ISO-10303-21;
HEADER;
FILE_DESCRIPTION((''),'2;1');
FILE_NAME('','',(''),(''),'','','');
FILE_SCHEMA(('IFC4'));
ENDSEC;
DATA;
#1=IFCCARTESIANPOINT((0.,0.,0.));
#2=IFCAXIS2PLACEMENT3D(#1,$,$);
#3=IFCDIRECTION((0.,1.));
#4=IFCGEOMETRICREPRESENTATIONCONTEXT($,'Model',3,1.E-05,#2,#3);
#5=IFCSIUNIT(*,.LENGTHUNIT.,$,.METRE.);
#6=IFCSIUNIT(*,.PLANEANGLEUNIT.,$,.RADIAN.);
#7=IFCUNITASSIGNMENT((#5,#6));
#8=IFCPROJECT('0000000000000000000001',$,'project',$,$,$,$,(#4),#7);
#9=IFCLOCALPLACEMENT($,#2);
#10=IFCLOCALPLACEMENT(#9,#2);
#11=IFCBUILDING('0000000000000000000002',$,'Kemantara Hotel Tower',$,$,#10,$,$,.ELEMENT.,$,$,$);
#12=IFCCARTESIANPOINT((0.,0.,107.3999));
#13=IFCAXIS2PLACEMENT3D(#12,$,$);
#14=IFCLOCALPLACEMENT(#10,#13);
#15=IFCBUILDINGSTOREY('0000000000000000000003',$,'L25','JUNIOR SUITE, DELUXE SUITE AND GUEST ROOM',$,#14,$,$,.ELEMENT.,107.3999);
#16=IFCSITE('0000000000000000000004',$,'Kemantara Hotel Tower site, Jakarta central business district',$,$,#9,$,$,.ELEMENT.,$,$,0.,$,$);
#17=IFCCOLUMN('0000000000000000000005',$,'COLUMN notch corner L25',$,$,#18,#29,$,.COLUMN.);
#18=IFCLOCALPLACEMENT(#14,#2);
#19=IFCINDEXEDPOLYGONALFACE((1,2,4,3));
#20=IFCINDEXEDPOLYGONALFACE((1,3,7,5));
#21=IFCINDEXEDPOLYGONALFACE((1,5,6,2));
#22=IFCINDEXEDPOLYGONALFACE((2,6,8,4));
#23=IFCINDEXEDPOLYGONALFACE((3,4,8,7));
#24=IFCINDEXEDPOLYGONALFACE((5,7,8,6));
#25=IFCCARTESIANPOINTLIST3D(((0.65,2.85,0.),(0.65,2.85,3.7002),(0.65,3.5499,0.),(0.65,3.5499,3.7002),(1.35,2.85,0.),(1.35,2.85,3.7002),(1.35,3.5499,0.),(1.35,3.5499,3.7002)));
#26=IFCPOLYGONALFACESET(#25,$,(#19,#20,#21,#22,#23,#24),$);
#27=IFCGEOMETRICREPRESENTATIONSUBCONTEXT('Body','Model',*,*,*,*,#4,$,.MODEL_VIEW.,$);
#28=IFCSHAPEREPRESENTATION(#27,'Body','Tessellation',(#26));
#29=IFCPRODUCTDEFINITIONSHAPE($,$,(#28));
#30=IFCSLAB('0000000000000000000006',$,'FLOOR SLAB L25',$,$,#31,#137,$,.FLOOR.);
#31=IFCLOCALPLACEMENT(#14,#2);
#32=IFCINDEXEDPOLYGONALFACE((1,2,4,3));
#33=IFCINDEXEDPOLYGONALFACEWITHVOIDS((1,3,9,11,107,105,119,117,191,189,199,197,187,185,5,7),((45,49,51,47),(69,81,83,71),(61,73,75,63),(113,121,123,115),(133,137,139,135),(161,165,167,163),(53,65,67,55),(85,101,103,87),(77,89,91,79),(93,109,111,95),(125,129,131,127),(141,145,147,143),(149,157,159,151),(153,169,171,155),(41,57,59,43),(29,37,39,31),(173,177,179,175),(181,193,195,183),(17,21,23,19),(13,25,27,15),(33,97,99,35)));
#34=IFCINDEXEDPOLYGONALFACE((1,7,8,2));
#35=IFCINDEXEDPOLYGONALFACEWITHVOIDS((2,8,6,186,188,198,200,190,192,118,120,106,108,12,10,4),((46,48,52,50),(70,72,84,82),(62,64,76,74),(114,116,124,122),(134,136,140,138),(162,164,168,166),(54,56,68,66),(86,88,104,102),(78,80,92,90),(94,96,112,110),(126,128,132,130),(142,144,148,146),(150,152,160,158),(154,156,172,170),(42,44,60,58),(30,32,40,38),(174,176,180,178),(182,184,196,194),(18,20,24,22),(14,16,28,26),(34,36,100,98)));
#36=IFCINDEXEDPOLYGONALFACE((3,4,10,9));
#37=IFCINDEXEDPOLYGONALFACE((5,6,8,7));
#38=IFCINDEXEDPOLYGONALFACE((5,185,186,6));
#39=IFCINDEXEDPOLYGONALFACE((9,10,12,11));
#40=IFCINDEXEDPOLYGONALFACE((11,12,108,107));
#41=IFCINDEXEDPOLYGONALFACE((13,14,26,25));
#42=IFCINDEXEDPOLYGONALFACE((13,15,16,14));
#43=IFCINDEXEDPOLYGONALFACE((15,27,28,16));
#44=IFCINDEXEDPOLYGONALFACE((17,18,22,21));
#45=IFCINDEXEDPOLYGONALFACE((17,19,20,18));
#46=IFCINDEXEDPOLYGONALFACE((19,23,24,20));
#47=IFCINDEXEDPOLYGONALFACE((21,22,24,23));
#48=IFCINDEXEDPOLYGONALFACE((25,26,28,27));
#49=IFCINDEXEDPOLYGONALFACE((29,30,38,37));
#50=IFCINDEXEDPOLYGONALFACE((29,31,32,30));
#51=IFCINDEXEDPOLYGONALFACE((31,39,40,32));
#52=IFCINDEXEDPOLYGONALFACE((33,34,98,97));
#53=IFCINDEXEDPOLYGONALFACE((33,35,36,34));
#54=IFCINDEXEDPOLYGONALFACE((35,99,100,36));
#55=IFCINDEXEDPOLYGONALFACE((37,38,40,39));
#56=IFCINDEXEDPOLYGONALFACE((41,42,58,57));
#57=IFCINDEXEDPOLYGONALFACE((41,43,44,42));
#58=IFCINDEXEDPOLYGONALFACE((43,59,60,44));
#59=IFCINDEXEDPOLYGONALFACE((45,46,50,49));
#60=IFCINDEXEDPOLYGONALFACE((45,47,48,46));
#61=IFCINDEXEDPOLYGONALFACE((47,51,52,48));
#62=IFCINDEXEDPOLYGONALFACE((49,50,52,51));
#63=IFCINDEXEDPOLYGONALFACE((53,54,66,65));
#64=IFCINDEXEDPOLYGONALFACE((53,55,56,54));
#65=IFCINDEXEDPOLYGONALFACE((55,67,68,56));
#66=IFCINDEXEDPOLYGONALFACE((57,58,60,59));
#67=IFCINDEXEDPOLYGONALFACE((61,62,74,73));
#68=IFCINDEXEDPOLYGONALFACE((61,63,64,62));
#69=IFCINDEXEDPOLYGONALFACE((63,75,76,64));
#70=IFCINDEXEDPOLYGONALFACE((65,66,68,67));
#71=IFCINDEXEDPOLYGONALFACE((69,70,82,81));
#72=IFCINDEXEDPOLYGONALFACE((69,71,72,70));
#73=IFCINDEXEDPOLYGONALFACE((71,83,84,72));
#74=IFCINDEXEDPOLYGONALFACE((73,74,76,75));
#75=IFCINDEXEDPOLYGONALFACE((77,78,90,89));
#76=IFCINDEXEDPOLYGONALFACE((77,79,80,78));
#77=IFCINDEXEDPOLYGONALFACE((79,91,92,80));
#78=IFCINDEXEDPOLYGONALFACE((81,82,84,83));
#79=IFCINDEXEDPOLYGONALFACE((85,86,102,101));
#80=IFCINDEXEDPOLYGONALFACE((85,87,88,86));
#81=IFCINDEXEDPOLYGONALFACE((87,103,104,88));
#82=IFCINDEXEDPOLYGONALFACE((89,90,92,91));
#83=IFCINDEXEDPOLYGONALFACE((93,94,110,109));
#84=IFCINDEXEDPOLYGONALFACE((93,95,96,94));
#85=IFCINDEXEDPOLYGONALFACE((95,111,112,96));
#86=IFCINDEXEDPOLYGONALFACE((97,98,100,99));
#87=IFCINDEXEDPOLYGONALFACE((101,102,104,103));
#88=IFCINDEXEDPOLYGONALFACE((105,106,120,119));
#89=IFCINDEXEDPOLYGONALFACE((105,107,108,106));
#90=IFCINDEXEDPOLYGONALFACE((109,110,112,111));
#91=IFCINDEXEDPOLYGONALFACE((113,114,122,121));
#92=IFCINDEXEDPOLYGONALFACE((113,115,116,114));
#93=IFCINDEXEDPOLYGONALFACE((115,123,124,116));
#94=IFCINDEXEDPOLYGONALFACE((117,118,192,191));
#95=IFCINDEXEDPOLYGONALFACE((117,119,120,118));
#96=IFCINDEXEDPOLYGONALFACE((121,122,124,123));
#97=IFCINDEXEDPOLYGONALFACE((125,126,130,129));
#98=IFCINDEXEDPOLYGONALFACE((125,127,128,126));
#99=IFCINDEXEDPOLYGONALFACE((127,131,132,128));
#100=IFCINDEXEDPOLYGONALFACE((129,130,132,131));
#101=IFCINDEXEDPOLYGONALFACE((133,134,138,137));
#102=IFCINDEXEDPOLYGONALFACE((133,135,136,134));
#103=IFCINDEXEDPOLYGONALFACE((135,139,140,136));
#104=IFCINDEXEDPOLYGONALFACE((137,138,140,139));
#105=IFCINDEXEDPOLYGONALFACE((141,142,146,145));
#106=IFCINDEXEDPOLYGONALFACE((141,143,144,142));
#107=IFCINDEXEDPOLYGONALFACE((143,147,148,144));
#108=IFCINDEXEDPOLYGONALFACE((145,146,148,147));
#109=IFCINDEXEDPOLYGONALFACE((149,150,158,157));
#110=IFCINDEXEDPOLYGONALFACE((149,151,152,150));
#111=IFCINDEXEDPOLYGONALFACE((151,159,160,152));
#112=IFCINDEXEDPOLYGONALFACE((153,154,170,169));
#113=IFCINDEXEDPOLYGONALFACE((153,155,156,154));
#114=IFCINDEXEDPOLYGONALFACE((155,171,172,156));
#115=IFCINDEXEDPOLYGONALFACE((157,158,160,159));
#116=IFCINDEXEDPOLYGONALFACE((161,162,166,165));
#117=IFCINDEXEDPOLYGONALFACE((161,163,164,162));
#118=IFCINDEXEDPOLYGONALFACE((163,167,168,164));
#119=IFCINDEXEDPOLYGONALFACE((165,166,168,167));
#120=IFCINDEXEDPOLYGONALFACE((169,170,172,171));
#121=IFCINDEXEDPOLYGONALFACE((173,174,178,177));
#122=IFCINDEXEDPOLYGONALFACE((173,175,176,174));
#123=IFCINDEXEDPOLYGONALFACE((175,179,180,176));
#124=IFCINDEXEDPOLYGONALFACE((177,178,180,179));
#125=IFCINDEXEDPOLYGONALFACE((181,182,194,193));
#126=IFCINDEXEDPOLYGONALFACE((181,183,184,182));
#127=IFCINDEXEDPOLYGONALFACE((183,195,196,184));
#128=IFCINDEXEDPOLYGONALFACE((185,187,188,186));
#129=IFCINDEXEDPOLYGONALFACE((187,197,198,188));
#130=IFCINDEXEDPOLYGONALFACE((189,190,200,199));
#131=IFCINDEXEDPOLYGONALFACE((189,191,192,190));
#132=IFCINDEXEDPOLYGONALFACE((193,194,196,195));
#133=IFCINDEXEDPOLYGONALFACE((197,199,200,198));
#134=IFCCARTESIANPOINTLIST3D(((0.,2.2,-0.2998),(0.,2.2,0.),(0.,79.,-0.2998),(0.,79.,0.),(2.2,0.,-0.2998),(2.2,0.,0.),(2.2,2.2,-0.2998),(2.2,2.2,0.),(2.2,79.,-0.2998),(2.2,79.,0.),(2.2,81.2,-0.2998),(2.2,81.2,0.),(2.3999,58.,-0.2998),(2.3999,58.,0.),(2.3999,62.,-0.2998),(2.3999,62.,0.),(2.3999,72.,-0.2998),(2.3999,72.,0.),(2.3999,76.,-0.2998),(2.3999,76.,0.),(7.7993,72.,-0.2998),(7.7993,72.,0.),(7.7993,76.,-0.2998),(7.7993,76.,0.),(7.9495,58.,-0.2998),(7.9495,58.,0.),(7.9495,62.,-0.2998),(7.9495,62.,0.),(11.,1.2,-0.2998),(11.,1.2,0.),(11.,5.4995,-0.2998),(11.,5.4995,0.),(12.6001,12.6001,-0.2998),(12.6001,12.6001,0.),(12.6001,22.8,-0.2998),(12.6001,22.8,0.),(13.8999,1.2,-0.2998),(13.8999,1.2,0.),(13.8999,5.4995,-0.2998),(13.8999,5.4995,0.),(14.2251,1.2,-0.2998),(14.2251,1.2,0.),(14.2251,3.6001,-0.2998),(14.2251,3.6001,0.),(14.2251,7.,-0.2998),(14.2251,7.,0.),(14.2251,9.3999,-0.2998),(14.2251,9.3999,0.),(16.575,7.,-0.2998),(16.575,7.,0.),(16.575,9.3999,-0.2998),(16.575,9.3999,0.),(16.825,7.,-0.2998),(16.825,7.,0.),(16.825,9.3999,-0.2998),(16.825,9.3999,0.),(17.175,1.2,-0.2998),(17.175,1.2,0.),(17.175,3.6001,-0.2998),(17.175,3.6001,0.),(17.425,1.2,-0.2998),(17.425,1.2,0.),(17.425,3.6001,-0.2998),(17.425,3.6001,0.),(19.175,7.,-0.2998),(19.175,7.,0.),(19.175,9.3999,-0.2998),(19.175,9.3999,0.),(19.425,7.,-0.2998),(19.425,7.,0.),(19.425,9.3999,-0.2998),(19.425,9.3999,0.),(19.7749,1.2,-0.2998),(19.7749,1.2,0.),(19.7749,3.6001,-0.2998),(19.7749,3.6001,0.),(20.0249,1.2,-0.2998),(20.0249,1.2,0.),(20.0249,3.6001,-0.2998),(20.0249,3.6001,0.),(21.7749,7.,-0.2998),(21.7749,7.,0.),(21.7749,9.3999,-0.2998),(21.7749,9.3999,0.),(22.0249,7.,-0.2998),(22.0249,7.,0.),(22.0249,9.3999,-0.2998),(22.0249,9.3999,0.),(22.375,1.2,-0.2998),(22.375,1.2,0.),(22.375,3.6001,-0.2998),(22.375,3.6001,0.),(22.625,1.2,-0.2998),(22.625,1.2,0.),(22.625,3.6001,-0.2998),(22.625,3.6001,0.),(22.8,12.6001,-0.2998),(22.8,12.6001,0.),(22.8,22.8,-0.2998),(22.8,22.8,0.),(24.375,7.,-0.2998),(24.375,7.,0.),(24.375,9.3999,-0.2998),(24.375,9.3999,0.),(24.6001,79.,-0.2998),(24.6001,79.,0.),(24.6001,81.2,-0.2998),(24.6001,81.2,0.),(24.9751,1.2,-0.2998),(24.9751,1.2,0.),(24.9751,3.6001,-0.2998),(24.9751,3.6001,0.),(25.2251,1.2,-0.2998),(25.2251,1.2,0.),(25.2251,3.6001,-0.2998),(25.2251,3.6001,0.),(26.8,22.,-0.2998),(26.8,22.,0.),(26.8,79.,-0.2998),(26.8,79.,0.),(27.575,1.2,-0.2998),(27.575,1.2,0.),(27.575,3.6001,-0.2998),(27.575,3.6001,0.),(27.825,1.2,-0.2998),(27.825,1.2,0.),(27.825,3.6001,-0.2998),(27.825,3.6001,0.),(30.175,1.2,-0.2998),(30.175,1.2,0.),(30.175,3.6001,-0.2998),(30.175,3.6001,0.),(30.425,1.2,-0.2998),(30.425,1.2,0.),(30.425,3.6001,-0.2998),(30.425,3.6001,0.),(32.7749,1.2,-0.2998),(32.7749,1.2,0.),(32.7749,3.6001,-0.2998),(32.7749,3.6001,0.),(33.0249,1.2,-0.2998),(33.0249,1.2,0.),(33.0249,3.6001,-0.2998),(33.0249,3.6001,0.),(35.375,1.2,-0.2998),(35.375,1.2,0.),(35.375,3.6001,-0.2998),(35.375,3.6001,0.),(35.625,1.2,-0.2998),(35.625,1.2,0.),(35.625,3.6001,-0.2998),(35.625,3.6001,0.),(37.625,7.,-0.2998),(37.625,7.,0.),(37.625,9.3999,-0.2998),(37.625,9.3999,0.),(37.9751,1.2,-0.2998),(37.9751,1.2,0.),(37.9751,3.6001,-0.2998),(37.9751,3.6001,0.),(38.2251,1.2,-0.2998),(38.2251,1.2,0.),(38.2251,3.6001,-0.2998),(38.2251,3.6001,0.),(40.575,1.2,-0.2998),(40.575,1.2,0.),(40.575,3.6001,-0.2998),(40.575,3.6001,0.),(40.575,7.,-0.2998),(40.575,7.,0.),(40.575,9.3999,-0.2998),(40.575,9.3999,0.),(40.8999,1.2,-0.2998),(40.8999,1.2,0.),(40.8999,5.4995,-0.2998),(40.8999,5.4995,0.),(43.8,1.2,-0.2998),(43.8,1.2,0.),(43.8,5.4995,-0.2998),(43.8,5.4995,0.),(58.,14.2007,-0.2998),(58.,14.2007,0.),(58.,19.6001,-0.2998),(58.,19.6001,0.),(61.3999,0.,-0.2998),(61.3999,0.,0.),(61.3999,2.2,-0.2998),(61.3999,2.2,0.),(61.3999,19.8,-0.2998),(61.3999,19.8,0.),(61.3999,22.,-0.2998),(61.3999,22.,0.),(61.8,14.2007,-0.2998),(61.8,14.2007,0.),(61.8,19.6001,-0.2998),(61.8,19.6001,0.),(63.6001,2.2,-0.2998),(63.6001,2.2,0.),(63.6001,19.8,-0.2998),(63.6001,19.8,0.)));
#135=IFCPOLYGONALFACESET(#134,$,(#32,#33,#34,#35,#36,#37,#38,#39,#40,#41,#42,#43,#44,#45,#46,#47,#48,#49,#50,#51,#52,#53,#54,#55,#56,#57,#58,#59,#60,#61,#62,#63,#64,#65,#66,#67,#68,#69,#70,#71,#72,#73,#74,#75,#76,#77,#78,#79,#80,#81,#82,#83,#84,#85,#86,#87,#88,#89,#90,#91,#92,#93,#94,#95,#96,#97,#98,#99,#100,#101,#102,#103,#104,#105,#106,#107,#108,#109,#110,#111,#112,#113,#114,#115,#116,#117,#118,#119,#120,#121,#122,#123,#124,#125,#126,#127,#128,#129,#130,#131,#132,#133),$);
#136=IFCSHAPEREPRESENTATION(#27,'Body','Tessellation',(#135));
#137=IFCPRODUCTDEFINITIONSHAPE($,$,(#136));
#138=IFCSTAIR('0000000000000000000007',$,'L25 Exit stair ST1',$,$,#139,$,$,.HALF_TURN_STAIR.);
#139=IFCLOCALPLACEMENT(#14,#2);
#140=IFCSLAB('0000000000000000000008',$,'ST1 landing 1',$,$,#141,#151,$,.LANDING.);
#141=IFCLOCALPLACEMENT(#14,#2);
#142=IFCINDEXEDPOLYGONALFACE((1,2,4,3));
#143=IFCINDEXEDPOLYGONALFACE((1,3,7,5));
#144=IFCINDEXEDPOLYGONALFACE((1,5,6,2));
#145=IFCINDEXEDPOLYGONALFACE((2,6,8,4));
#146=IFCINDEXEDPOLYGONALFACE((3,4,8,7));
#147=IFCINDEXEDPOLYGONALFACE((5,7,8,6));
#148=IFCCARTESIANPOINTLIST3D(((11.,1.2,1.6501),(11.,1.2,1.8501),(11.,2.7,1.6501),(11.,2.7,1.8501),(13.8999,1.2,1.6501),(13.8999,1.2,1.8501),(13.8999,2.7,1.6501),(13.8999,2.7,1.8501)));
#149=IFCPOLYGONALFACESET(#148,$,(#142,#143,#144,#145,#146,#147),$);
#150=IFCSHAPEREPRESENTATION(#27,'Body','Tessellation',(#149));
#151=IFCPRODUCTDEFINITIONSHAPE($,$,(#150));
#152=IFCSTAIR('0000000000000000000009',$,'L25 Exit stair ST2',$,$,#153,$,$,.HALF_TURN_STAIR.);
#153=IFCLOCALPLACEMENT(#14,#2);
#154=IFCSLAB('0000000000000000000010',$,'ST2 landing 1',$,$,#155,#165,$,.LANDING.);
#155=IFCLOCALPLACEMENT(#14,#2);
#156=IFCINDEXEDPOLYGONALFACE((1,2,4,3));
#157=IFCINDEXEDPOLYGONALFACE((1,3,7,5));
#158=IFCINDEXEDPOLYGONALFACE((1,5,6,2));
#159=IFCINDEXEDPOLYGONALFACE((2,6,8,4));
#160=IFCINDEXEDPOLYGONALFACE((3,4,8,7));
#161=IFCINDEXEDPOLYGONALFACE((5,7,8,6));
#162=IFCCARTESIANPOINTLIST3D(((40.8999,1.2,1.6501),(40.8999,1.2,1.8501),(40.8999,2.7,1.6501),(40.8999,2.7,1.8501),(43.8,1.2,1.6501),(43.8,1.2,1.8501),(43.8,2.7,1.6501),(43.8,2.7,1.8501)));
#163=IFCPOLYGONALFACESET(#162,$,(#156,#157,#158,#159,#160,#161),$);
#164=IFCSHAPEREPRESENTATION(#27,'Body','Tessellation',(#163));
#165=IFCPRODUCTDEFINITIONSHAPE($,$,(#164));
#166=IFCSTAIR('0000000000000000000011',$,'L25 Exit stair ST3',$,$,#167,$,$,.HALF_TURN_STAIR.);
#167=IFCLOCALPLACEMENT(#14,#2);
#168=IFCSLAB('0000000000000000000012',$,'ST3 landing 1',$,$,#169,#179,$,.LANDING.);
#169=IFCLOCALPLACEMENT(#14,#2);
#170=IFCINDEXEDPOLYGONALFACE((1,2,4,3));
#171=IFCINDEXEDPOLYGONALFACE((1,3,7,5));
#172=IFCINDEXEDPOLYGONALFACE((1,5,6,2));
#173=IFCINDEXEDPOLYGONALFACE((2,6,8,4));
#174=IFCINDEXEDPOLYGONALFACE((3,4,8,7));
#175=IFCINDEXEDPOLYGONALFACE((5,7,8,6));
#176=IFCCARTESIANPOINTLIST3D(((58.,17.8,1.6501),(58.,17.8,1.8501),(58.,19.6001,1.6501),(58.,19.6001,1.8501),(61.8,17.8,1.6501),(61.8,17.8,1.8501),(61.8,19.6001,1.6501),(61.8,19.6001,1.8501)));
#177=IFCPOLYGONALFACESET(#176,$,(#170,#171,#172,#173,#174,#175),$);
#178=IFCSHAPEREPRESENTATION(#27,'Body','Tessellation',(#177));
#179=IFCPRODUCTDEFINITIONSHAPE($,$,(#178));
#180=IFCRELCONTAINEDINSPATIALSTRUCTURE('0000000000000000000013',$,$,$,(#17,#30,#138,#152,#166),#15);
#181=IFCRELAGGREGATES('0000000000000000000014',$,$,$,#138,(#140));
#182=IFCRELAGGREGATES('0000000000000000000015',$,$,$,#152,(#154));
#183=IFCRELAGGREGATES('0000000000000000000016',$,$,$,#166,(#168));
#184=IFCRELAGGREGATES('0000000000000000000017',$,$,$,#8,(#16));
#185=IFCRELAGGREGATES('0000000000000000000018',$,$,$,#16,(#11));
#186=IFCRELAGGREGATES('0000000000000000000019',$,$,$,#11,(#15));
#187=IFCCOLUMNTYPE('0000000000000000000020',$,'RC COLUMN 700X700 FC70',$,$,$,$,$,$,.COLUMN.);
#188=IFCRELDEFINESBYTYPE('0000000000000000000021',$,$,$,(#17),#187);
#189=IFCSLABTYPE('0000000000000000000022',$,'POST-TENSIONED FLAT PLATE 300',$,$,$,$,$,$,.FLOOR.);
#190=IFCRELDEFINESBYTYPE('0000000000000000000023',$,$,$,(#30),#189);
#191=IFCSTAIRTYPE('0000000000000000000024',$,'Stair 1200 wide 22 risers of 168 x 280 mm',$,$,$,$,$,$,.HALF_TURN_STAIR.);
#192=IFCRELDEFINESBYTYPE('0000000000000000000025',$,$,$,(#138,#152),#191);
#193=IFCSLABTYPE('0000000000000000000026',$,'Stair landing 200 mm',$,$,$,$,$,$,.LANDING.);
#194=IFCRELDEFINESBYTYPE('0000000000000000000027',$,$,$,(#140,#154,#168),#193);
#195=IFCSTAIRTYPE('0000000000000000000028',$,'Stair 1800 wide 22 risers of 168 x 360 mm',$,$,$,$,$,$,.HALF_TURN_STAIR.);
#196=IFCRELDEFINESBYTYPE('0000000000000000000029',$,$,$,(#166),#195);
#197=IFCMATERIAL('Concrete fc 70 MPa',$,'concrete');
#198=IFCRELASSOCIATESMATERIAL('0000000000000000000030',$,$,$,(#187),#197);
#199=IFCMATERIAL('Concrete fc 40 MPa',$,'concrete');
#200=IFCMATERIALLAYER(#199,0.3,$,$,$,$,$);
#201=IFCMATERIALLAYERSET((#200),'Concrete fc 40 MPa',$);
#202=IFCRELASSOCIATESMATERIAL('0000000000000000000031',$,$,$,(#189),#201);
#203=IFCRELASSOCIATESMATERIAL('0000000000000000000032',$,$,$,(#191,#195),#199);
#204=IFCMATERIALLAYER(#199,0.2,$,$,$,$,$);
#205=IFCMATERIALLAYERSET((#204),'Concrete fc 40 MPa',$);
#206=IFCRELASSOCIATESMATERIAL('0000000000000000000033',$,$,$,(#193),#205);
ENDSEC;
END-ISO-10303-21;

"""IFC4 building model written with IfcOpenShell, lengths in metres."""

from ifc_helpers import new_model, si_unit, direction, frame, origin, origin_2d, place, context, subcontext, project, spatial, polyline, rectangle, outline, extrude, material, layer, layer_set, material_profile, profile_set, type_object, element, aggregate, save


model = new_model("IFC4")

# Units and contexts
model_context = context("Model", 3, precision=1e-05, world=origin(), true_north=direction((0.0, 1.0)))
body_context = subcontext(model_context, "Body", "Model", "MODEL_VIEW")
ifc_project = project(units=[si_unit("LENGTHUNIT", "METRE"), si_unit("PLANEANGLEUNIT", "RADIAN")], contexts=[model_context])

# Site, building, storey
site_placement = place(None, origin())
site = spatial("IfcSite", under=ifc_project, at=site_placement, Name="Kemantara Hotel Tower site, Jakarta central business district", CompositionType="ELEMENT", RefElevation=0.0)
building_placement = place(site_placement, origin())
building = spatial("IfcBuilding", under=site, at=building_placement, Name="Kemantara Hotel Tower", CompositionType="ELEMENT")
storey_placement = place(building_placement, frame((0.0, 0.0, 107.3999)))
storey = spatial("IfcBuildingStorey", under=building, at=storey_placement, Name="L25", Description="JUNIOR SUITE, DELUXE SUITE AND GUEST ROOM", CompositionType="ELEMENT", Elevation=107.3999)

# Column
ifc_material_1 = material(Name="Concrete fc 70 MPa", Category="concrete")
ifc_material_profile = material_profile(ifc_material_1, rectangle(XDim=0.7, YDim=0.7, at=origin_2d()), Name="RC 700X700")
ifc_profile_set = profile_set([ifc_material_profile], Name="Concrete fc 70 MPa")
column_type = type_object("IfcColumnType", Name="RC COLUMN 700X700 FC70", PredefinedType="COLUMN", material=ifc_profile_set)
column_placement = place(storey_placement, frame((1.0, 3.2, 0.0), z_axis=(0.0, 0.0, 1.0), x_axis=(1.0, 0.0, 0.0)))
element("IfcColumn", 1, at=column_placement, inside=storey, type_object=column_type, Name="COLUMN notch corner L25", PredefinedType="COLUMN", context=body_context, shape_type="SweptSolid", body=[
    extrude(rectangle(XDim=0.7, YDim=0.7, at=origin_2d()), origin(), (0.0, 0.0, 1.0), 3.7002),
])

# Slab
ifc_material_2 = material(Name="Concrete fc 40 MPa", Category="concrete")
ifc_layer_1 = layer(ifc_material_2, 0.3)
ifc_layer_set_1 = layer_set([ifc_layer_1], Name="Concrete fc 40 MPa")
slab_type_1 = type_object("IfcSlabType", Name="POST-TENSIONED FLAT PLATE 300", PredefinedType="FLOOR", material=ifc_layer_set_1)
slab_1_placement = place(storey_placement, frame((0.0, 0.0, -0.2998)))
element("IfcSlab", 2, at=slab_1_placement, inside=storey, type_object=slab_type_1, Name="FLOOR SLAB L25", PredefinedType="FLOOR", context=body_context, shape_type="SweptSolid", body=[
    extrude(outline(polyline([(26.8, 79.0), (24.6001, 79.0), (24.6001, 81.2), (2.2, 81.2), (2.2, 79.0), (0.0, 79.0), (0.0, 2.2), (2.2, 2.2), (2.2, 0.0), (61.3999, 0.0), (61.3999, 2.2), (63.6001, 2.2), (63.6001, 19.8), (61.3999, 19.8), (61.3999, 22.0), (26.8, 22.0), (26.8, 79.0)]), holes=[polyline([(17.175, 1.2), (14.2251, 1.2), (14.2251, 3.6001), (17.175, 3.6001), (17.175, 1.2)]), polyline([(19.7749, 1.2), (17.425, 1.2), (17.425, 3.6001), (19.7749, 3.6001), (19.7749, 1.2)]), polyline([(22.375, 1.2), (20.0249, 1.2), (20.0249, 3.6001), (22.375, 3.6001), (22.375, 1.2)]), polyline([(11.0, 5.4995), (13.8999, 5.4995), (13.8999, 1.2), (11.0, 1.2), (11.0, 5.4995)]), polyline([(14.2251, 7.0), (14.2251, 9.3999), (16.575, 9.3999), (16.575, 7.0), (14.2251, 7.0)]), polyline([(19.175, 7.0), (16.825, 7.0), (16.825, 9.3999), (19.175, 9.3999), (19.175, 7.0)]), polyline([(21.7749, 7.0), (19.425, 7.0), (19.425, 9.3999), (21.7749, 9.3999), (21.7749, 7.0)]), polyline([(24.375, 7.0), (22.0249, 7.0), (22.0249, 9.3999), (24.375, 9.3999), (24.375, 7.0)]), polyline([(12.6001, 12.6001), (12.6001, 22.8), (22.8, 22.8), (22.8, 12.6001), (12.6001, 12.6001)]), polyline([(7.9495, 62.0), (7.9495, 58.0), (2.3999, 58.0), (2.3999, 62.0), (7.9495, 62.0)]), polyline([(2.3999, 76.0), (7.7993, 76.0), (7.7993, 72.0), (2.3999, 72.0), (2.3999, 76.0)]), polyline([(24.9751, 1.2), (22.625, 1.2), (22.625, 3.6001), (24.9751, 3.6001), (24.9751, 1.2)]), polyline([(27.575, 1.2), (25.2251, 1.2), (25.2251, 3.6001), (27.575, 3.6001), (27.575, 1.2)]), polyline([(27.825, 1.2), (27.825, 3.6001), (30.175, 3.6001), (30.175, 1.2), (27.825, 1.2)]), polyline([(30.425, 1.2), (30.425, 3.6001), (32.7749, 3.6001), (32.7749, 1.2), (30.425, 1.2)]), polyline([(35.375, 1.2), (33.0249, 1.2), (33.0249, 3.6001), (35.375, 3.6001), (35.375, 1.2)]), polyline([(35.625, 1.2), (35.625, 3.6001), (37.9751, 3.6001), (37.9751, 1.2), (35.625, 1.2)]), polyline([(38.2251, 1.2), (38.2251, 3.6001), (40.575, 3.6001), (40.575, 1.2), (38.2251, 1.2)]), polyline([(40.8999, 1.2), (40.8999, 5.4995), (43.8, 5.4995), (43.8, 1.2), (40.8999, 1.2)]), polyline([(37.625, 7.0), (37.625, 9.3999), (40.575, 9.3999), (40.575, 7.0), (37.625, 7.0)]), polyline([(61.8, 14.2007), (58.0, 14.2007), (58.0, 19.6001), (61.8, 19.6001), (61.8, 14.2007)])]), origin(), (0.0, 0.0, 1.0), 0.2998),
])

# Stairs, slabs
stair_type_1 = type_object("IfcStairType", Name="Stair 1200 wide 22 risers of 168 x 280 mm", PredefinedType="HALF_TURN_STAIR", material=ifc_material_2)
stair_1_placement = place(storey_placement, origin())
stair_1 = element("IfcStair", 3, at=stair_1_placement, inside=storey, type_object=stair_type_1, Name="L25 Exit stair ST1", PredefinedType="HALF_TURN_STAIR")
ifc_layer_2 = layer(ifc_material_2, 0.2)
ifc_layer_set_2 = layer_set([ifc_layer_2], Name="Concrete fc 40 MPa")
slab_type_2 = type_object("IfcSlabType", Name="Stair landing 200 mm", PredefinedType="LANDING", material=ifc_layer_set_2)
slab_2_placement = place(storey_placement, frame((0.0, 0.0, 1.6501)))
slab_2 = element("IfcSlab", 4, at=slab_2_placement, type_object=slab_type_2, Name="ST1 landing 1", PredefinedType="LANDING", context=body_context, shape_type="SweptSolid", body=[
    extrude(outline(polyline([(11.0, 2.7), (11.0, 1.2), (13.8999, 1.2), (13.8999, 2.7), (11.0, 2.7)])), origin(), (0.0, 0.0, 1.0), 0.2),
])
aggregate(stair_1, [slab_2])
stair_2_placement = place(storey_placement, origin())
stair_2 = element("IfcStair", 5, at=stair_2_placement, inside=storey, type_object=stair_type_1, Name="L25 Exit stair ST2", PredefinedType="HALF_TURN_STAIR")
slab_3_placement = place(storey_placement, frame((0.0, 0.0, 1.6501)))
slab_3 = element("IfcSlab", 6, at=slab_3_placement, type_object=slab_type_2, Name="ST2 landing 1", PredefinedType="LANDING", context=body_context, shape_type="SweptSolid", body=[
    extrude(outline(polyline([(40.8999, 2.7), (40.8999, 1.2), (43.8, 1.2), (43.8, 2.7), (40.8999, 2.7)])), origin(), (0.0, 0.0, 1.0), 0.2),
])
aggregate(stair_2, [slab_3])
stair_type_2 = type_object("IfcStairType", Name="Stair 1800 wide 22 risers of 168 x 360 mm", PredefinedType="HALF_TURN_STAIR", material=ifc_material_2)
stair_3_placement = place(storey_placement, origin())
stair_3 = element("IfcStair", 7, at=stair_3_placement, inside=storey, type_object=stair_type_2, Name="L25 Exit stair ST3", PredefinedType="HALF_TURN_STAIR")
slab_4_placement = place(storey_placement, frame((0.0, 0.0, 1.6501)))
slab_4 = element("IfcSlab", 8, at=slab_4_placement, type_object=slab_type_2, Name="ST3 landing 1", PredefinedType="LANDING", context=body_context, shape_type="SweptSolid", body=[
    extrude(outline(polyline([(61.8, 17.8), (61.8, 19.6001), (58.0, 19.6001), (58.0, 17.8), (61.8, 17.8)])), origin(), (0.0, 0.0, 1.0), 0.2),
])
aggregate(stair_3, [slab_4])

save(model, "model.ifc")
